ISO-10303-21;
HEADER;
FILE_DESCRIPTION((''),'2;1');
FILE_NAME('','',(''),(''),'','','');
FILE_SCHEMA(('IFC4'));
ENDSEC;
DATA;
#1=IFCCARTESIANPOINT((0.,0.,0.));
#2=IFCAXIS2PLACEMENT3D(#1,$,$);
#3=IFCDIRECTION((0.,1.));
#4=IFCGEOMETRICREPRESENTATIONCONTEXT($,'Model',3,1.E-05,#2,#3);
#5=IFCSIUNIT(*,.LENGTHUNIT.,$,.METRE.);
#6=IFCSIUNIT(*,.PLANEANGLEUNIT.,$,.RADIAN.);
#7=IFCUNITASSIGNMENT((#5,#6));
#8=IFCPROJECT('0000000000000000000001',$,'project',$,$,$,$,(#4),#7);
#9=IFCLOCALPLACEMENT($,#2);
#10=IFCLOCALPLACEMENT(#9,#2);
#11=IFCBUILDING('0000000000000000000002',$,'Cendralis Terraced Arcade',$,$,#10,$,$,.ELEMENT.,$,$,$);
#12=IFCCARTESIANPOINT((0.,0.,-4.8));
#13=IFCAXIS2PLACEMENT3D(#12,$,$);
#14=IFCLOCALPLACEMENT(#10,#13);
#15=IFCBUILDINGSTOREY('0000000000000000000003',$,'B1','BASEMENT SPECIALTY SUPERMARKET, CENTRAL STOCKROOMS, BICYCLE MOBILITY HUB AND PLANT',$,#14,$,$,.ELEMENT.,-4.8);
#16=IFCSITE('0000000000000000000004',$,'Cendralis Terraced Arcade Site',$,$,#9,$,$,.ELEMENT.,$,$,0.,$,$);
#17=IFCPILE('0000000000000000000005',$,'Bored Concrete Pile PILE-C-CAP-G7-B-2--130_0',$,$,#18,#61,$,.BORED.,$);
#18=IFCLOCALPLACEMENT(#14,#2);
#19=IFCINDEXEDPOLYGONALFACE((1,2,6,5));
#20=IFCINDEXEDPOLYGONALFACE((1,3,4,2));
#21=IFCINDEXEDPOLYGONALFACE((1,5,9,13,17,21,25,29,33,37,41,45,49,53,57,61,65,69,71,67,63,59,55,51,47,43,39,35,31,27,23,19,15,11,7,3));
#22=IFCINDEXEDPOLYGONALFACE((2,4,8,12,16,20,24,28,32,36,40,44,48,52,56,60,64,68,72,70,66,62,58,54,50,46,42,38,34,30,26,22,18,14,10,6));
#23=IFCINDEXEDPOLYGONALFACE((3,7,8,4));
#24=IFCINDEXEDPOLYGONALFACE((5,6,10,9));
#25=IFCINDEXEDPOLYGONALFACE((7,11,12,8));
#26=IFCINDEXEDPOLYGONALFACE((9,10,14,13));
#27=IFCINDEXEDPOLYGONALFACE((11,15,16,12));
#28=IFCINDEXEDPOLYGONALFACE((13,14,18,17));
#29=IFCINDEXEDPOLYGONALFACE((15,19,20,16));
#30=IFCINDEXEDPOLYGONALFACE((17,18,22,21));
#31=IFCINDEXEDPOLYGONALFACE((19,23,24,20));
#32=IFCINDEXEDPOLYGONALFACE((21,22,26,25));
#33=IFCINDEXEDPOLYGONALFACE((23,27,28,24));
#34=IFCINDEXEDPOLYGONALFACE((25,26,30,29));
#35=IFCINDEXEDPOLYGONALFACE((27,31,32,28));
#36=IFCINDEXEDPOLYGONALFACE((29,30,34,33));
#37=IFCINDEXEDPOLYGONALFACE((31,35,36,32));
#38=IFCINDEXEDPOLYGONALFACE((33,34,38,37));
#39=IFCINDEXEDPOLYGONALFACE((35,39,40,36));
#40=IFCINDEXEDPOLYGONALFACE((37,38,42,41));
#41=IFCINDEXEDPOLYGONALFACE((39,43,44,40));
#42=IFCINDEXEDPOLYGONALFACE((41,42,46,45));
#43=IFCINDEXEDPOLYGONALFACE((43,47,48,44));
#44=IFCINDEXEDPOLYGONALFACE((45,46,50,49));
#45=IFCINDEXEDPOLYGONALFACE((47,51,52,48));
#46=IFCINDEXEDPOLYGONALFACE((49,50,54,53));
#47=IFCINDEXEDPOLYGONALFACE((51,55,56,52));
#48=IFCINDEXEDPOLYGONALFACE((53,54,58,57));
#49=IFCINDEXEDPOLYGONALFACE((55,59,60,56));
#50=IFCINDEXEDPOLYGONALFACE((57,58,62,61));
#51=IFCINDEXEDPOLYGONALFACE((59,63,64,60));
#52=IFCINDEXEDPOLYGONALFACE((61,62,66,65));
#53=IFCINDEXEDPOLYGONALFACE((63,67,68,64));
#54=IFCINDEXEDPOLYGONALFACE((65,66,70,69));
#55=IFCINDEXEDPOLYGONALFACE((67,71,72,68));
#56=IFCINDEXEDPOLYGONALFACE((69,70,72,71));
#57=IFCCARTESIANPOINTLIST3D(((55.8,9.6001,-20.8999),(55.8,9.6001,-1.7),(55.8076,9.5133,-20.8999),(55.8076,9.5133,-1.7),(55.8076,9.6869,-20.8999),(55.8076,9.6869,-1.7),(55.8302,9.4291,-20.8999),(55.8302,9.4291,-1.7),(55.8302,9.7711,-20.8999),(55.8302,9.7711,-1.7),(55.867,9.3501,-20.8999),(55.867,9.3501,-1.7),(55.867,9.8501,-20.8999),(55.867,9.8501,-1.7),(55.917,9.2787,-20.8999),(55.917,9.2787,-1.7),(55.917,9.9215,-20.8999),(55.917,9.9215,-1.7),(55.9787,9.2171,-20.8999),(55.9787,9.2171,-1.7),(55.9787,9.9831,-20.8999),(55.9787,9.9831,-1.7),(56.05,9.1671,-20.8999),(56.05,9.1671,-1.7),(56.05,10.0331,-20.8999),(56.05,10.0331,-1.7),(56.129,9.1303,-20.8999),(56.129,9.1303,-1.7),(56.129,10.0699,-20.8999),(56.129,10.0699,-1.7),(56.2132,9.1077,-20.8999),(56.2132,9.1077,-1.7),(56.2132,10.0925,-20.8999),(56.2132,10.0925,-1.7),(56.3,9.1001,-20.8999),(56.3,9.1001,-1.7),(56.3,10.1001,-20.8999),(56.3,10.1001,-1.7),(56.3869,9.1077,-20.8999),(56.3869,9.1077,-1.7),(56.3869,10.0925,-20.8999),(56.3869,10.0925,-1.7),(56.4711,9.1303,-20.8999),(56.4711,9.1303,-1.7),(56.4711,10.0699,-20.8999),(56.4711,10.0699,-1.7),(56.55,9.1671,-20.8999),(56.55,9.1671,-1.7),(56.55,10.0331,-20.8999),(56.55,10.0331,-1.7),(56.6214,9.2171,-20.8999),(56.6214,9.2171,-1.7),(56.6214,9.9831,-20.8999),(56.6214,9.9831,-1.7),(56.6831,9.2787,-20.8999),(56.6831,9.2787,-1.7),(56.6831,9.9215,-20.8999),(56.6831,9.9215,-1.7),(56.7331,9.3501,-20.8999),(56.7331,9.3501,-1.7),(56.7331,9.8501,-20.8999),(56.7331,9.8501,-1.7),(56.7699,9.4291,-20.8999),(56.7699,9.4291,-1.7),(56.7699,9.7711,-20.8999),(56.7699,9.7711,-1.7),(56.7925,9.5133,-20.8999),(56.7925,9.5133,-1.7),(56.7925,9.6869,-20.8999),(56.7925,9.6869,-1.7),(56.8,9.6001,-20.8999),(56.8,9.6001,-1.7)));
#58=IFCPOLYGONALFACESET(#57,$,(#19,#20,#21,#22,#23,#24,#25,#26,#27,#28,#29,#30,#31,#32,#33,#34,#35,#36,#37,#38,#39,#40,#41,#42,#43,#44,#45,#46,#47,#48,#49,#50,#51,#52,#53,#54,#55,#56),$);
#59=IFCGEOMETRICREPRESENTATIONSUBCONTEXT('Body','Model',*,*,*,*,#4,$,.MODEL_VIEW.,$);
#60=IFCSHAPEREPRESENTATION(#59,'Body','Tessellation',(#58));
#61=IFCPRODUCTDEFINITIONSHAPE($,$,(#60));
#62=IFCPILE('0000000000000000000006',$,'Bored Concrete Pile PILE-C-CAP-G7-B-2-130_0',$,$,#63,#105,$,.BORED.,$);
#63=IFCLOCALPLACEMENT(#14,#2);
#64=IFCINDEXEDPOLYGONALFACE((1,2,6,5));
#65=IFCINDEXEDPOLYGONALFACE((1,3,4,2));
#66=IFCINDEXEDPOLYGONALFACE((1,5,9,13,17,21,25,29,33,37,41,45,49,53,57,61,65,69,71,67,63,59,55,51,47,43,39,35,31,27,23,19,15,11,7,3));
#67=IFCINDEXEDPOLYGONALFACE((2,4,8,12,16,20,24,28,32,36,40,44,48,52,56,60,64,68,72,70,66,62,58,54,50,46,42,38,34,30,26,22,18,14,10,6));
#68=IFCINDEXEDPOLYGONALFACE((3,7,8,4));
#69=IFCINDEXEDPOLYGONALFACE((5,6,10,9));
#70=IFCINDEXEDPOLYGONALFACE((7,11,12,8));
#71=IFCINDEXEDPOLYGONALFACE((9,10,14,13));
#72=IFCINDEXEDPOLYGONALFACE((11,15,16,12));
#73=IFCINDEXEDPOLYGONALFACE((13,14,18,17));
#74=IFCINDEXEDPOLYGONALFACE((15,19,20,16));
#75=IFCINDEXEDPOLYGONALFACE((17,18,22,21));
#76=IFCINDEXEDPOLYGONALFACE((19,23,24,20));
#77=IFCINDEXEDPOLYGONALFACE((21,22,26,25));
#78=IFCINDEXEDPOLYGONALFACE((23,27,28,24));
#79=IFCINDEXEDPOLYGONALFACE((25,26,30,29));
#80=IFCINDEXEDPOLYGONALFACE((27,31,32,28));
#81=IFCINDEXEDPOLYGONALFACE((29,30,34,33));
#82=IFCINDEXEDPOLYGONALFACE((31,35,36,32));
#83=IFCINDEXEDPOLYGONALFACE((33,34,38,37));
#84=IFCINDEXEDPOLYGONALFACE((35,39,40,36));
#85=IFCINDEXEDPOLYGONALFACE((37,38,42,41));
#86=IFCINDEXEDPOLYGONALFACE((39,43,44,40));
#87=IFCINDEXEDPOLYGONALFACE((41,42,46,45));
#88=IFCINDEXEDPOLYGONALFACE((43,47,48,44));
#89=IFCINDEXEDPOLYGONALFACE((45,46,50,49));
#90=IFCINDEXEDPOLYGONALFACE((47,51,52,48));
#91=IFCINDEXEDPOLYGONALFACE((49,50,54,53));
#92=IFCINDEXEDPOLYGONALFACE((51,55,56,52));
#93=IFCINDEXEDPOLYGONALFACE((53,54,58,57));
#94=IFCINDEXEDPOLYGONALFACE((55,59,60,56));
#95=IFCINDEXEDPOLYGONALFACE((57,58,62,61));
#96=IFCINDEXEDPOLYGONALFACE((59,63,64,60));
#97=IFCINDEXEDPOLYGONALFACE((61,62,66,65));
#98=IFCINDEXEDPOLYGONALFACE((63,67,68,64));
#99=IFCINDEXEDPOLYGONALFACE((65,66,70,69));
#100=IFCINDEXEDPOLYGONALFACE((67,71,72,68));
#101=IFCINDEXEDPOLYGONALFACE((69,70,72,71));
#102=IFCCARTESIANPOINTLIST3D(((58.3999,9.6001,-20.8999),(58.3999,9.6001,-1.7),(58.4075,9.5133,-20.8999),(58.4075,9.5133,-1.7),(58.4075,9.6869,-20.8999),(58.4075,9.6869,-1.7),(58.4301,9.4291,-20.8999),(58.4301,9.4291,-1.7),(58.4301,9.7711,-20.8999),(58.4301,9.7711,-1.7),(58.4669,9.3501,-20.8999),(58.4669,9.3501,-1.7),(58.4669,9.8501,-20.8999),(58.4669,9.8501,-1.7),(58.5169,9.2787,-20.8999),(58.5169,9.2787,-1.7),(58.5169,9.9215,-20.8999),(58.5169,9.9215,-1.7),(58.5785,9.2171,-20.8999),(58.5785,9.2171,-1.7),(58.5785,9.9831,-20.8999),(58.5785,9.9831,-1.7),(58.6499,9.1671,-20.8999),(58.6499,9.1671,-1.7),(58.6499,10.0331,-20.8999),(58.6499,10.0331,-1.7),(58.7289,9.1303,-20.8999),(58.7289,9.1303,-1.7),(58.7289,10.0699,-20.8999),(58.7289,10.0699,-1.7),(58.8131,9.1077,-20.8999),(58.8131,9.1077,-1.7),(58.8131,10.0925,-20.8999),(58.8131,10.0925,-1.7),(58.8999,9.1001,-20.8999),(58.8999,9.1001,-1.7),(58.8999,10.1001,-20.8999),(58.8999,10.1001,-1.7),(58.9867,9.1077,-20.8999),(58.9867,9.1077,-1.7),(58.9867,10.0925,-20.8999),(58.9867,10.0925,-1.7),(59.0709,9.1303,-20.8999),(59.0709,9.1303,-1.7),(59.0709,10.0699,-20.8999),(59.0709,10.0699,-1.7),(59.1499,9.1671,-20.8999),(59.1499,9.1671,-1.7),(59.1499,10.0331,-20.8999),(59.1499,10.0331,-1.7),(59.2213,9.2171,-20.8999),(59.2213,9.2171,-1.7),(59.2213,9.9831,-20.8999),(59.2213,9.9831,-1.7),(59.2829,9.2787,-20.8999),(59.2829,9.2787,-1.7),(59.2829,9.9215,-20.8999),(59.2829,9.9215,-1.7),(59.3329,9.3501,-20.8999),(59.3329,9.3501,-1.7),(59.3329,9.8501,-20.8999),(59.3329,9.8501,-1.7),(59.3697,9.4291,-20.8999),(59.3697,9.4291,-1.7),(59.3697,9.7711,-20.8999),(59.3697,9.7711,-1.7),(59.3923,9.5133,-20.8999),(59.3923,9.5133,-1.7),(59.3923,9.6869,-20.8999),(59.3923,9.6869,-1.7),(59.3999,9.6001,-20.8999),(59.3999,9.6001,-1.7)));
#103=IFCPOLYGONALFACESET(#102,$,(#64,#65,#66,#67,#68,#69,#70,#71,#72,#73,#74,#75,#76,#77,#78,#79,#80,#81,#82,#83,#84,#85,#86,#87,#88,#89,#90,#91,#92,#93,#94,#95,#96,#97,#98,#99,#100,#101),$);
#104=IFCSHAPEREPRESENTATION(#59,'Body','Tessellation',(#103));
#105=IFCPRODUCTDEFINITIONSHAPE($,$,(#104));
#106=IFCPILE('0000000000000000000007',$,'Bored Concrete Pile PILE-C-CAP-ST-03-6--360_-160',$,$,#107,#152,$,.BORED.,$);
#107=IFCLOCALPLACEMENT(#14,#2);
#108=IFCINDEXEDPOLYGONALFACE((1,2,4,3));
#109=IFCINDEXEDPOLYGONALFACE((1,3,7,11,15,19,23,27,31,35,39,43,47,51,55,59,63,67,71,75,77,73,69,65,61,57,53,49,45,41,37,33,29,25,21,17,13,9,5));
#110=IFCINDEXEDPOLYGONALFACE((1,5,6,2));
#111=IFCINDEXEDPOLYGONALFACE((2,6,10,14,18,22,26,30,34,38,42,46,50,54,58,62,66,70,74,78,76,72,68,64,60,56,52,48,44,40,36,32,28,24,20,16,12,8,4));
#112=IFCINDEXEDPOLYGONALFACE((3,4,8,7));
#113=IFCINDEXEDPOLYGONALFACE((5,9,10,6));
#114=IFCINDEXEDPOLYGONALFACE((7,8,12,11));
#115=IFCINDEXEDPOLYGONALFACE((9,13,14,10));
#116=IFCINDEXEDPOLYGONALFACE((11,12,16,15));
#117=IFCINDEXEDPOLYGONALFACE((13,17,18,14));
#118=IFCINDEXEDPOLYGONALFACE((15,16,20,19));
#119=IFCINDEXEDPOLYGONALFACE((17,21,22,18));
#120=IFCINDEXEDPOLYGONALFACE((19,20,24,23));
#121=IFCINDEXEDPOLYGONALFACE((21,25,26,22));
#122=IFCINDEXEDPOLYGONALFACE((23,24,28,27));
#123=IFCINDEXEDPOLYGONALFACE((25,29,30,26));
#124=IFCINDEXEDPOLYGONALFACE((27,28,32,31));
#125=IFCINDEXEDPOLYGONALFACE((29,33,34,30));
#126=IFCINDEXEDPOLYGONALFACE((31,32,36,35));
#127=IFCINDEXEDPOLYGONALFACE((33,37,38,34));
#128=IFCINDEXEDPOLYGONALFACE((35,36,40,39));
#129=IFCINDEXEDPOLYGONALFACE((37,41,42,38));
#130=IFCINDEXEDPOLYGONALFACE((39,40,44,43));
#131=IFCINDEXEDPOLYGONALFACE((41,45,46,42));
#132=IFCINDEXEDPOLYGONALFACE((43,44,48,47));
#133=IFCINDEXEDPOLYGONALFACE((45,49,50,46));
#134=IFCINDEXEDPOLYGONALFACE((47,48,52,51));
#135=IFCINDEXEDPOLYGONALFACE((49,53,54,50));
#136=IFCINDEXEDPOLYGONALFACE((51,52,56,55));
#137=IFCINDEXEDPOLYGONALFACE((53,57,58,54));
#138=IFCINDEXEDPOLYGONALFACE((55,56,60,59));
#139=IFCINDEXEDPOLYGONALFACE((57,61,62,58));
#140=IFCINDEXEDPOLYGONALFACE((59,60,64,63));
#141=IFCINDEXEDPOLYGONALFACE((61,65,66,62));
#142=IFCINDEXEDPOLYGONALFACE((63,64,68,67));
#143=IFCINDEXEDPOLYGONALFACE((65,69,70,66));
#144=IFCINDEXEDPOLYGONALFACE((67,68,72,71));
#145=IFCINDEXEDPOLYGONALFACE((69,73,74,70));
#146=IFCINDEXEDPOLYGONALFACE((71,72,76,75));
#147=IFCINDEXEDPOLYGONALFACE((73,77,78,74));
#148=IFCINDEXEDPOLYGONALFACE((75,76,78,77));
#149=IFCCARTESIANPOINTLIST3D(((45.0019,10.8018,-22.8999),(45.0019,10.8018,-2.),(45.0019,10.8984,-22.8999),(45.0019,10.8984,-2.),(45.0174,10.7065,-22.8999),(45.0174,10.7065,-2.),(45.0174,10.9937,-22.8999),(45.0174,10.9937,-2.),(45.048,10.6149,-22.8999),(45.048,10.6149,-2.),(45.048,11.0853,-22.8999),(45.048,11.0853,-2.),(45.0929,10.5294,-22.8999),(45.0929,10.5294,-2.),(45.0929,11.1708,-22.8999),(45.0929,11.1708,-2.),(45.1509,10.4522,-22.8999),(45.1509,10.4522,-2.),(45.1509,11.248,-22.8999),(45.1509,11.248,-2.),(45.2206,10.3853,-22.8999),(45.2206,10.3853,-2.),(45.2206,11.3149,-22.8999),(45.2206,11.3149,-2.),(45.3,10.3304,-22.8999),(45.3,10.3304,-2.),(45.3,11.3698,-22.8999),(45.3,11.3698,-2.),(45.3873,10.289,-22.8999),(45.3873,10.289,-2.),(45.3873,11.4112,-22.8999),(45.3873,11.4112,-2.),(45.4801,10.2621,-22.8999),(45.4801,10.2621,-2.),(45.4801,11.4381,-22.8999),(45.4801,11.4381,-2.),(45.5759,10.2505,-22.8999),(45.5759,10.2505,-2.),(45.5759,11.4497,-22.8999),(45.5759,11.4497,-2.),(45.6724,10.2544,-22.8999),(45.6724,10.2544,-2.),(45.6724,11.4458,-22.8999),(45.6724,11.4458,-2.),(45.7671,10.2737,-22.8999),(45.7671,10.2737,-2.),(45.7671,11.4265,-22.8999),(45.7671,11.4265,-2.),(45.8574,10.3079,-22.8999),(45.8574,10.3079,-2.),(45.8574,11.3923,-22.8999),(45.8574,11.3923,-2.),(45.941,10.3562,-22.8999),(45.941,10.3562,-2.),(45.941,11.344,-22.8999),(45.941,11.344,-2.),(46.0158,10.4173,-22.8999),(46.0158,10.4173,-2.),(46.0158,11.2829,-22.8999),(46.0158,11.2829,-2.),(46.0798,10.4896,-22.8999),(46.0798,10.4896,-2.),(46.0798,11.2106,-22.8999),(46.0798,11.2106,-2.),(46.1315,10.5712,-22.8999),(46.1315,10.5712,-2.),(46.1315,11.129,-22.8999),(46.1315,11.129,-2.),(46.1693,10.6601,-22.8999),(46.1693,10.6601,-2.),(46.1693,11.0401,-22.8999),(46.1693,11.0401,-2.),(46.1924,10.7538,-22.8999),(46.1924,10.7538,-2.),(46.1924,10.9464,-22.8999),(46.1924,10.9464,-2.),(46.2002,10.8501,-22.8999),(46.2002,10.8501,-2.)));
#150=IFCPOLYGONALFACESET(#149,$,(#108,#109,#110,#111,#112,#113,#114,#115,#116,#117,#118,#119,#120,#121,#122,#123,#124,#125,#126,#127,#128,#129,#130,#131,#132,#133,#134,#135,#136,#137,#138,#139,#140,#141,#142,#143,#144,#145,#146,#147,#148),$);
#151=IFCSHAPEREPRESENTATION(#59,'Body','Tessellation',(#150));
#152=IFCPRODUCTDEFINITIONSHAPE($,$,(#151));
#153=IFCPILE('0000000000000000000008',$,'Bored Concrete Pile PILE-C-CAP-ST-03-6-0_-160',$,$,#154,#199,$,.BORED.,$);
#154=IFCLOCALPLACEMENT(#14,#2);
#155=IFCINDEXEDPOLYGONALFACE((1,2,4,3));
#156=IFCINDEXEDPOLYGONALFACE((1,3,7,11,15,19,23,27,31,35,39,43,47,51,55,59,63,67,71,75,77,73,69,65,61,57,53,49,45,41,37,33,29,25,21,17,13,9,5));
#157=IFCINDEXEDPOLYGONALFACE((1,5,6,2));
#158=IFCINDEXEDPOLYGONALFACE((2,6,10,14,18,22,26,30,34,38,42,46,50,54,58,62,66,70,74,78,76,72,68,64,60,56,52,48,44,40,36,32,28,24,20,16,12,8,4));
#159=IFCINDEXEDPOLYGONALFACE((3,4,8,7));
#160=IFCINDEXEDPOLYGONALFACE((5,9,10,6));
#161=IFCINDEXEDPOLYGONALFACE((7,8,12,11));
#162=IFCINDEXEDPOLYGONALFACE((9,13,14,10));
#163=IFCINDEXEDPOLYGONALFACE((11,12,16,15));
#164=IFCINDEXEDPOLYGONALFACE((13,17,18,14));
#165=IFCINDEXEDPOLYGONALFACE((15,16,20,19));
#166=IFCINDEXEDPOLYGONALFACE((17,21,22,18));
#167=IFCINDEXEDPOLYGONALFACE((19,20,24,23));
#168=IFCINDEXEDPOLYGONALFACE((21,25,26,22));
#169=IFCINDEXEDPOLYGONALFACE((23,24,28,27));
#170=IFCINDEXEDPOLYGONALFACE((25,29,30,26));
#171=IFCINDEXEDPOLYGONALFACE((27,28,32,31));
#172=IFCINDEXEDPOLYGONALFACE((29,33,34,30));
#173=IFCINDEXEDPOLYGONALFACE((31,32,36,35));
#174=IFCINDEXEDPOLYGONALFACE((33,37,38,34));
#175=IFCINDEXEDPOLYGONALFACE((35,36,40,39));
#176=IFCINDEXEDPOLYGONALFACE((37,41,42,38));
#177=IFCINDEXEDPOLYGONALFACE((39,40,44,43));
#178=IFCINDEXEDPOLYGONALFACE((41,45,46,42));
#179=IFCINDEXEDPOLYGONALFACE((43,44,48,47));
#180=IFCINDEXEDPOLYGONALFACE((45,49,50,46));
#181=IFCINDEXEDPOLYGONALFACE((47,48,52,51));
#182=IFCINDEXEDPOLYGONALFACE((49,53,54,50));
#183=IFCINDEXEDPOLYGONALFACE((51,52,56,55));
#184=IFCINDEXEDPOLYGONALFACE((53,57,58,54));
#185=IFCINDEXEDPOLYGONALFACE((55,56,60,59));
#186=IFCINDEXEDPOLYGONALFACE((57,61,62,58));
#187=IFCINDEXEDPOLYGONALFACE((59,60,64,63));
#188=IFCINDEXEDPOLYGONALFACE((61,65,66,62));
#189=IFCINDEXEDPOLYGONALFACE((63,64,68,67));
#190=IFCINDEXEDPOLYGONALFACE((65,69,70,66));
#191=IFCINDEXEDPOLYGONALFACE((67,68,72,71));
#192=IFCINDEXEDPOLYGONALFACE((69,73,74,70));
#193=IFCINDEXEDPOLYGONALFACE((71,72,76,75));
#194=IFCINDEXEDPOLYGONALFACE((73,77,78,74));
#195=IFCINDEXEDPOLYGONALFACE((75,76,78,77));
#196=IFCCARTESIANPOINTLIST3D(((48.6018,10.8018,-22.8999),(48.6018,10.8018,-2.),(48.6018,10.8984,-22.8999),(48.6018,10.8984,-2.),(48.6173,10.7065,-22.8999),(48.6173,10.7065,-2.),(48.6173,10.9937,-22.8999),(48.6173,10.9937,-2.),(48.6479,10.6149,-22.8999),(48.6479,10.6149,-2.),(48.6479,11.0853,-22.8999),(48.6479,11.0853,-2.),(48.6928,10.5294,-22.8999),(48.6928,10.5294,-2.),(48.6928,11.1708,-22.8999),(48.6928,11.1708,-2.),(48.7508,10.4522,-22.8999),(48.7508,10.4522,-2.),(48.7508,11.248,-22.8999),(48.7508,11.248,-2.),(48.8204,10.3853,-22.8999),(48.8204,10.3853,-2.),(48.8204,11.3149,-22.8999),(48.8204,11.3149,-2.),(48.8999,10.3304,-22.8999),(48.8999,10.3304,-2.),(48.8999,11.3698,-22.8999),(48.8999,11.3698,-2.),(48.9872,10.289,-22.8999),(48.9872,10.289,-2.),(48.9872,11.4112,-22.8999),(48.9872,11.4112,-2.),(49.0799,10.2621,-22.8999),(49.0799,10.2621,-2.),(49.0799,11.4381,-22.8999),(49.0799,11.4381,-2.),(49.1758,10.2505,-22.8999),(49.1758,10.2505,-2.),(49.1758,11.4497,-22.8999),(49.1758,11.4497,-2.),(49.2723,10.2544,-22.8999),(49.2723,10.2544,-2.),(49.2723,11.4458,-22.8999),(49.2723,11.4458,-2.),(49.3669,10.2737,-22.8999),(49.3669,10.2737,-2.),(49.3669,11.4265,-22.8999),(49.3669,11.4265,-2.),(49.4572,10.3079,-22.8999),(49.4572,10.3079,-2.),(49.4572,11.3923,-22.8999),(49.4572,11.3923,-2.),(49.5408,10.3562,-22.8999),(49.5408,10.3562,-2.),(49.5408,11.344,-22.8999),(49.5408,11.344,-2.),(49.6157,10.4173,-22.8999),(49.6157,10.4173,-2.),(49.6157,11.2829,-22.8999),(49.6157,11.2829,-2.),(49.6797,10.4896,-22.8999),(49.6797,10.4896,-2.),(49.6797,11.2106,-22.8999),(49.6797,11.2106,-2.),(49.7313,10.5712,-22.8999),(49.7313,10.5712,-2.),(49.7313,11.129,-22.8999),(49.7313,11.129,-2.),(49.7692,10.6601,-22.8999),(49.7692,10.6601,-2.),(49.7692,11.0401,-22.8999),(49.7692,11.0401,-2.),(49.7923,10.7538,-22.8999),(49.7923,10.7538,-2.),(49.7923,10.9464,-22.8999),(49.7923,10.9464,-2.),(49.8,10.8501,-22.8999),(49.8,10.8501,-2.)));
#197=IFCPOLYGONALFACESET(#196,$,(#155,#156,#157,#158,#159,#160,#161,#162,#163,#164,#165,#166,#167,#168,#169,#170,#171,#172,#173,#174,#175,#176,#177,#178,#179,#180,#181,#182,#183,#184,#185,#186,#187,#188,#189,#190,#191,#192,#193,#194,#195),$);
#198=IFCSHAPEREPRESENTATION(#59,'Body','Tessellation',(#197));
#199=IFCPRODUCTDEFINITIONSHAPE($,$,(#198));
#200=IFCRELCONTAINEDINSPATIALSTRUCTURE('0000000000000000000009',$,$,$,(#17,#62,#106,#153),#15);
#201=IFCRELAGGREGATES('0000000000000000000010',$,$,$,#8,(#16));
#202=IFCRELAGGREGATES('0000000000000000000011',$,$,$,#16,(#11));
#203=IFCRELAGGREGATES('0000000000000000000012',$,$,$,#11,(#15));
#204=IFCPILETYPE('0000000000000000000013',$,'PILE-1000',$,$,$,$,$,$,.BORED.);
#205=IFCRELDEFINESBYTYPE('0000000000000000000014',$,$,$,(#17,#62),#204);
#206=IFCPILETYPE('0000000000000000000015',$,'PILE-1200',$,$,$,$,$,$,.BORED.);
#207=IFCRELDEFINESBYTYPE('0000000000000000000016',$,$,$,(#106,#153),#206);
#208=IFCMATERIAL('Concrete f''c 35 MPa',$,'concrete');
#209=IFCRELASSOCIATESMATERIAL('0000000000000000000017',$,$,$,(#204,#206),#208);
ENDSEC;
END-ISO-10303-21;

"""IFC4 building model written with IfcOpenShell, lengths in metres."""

from ifc_helpers import new_model, si_unit, direction, frame, origin, origin_2d, place, context, subcontext, project, spatial, circle, extrude, material, material_profile, profile_set, type_object, element, save


model = new_model("IFC4")

# Units and contexts
model_context = context("Model", 3, precision=1e-05, world=origin(), true_north=direction((0.0, 1.0)))
body_context = subcontext(model_context, "Body", "Model", "MODEL_VIEW")
ifc_project = project(units=[si_unit("LENGTHUNIT", "METRE"), si_unit("PLANEANGLEUNIT", "RADIAN")], contexts=[model_context])

# Site, building, storey
site_placement = place(None, origin())
site = spatial("IfcSite", under=ifc_project, at=site_placement, Name="Cendralis Terraced Arcade Site", CompositionType="ELEMENT", RefElevation=0.0)
building_placement = place(site_placement, origin())
building = spatial("IfcBuilding", under=site, at=building_placement, Name="Cendralis Terraced Arcade", CompositionType="ELEMENT")
storey_placement = place(building_placement, frame((0.0, 0.0, -4.8)))
storey = spatial("IfcBuildingStorey", under=building, at=storey_placement, Name="B1", Description="BASEMENT SPECIALTY SUPERMARKET, CENTRAL STOCKROOMS, BICYCLE MOBILITY HUB AND PLANT", CompositionType="ELEMENT", Elevation=-4.8)

# Shared definitions
ifc_material_1 = material(Name="Concrete f'c 35 MPa", Category="concrete")

# Piles
ifc_material_profile_1 = material_profile(ifc_material_1, circle(Radius=0.5, at=origin_2d()), Name="PILE-D1000", Category="LoadBearing")
ifc_profile_set_1 = profile_set([ifc_material_profile_1], Name="Concrete f'c 35 MPa")
pile_type_1 = type_object("IfcPileType", Name="PILE-1000", PredefinedType="BORED", material=ifc_profile_set_1)
for number, where, z_axis, x_axis, name in (
    (1, (56.3, 9.6001, -1.7), (0.0, 0.0, -1.0), (1.0, 0.0, 0.0), "Bored Concrete Pile PILE-C-CAP-G7-B-2--130_0"),
    (2, (58.8999, 9.6001, -1.7), (0.0, 0.0, -1.0), (1.0, 0.0, 0.0), "Bored Concrete Pile PILE-C-CAP-G7-B-2-130_0"),
):
    element("IfcPile", number, at=place(storey_placement, frame(where, z_axis=z_axis, x_axis=x_axis)), inside=storey, type_object=pile_type_1, Name=name, PredefinedType="BORED", context=body_context, shape_type="SweptSolid", body=[
        extrude(circle(Radius=0.5, at=origin_2d()), origin(), (0.0, 0.0, 1.0), 19.2),
    ])
ifc_material_profile_2 = material_profile(ifc_material_1, circle(Radius=0.6001, at=origin_2d()), Name="PILE-D1200", Category="LoadBearing")
ifc_profile_set_2 = profile_set([ifc_material_profile_2], Name="Concrete f'c 35 MPa")
pile_type_2 = type_object("IfcPileType", Name="PILE-1200", PredefinedType="BORED", material=ifc_profile_set_2)
for number, where, z_axis, x_axis, name in (
    (3, (45.6001, 10.8501, -2.0), (0.0, 0.0, -1.0), (1.0, 0.0, 0.0), "Bored Concrete Pile PILE-C-CAP-ST-03-6--360_-160"),
    (4, (49.2, 10.8501, -2.0), (0.0, 0.0, -1.0), (1.0, 0.0, 0.0), "Bored Concrete Pile PILE-C-CAP-ST-03-6-0_-160"),
):
    element("IfcPile", number, at=place(storey_placement, frame(where, z_axis=z_axis, x_axis=x_axis)), inside=storey, type_object=pile_type_2, Name=name, PredefinedType="BORED", context=body_context, shape_type="SweptSolid", body=[
        extrude(circle(Radius=0.6001, at=origin_2d()), origin(), (0.0, 0.0, 1.0), 20.8999),
    ])

save(model, "model.ifc")
